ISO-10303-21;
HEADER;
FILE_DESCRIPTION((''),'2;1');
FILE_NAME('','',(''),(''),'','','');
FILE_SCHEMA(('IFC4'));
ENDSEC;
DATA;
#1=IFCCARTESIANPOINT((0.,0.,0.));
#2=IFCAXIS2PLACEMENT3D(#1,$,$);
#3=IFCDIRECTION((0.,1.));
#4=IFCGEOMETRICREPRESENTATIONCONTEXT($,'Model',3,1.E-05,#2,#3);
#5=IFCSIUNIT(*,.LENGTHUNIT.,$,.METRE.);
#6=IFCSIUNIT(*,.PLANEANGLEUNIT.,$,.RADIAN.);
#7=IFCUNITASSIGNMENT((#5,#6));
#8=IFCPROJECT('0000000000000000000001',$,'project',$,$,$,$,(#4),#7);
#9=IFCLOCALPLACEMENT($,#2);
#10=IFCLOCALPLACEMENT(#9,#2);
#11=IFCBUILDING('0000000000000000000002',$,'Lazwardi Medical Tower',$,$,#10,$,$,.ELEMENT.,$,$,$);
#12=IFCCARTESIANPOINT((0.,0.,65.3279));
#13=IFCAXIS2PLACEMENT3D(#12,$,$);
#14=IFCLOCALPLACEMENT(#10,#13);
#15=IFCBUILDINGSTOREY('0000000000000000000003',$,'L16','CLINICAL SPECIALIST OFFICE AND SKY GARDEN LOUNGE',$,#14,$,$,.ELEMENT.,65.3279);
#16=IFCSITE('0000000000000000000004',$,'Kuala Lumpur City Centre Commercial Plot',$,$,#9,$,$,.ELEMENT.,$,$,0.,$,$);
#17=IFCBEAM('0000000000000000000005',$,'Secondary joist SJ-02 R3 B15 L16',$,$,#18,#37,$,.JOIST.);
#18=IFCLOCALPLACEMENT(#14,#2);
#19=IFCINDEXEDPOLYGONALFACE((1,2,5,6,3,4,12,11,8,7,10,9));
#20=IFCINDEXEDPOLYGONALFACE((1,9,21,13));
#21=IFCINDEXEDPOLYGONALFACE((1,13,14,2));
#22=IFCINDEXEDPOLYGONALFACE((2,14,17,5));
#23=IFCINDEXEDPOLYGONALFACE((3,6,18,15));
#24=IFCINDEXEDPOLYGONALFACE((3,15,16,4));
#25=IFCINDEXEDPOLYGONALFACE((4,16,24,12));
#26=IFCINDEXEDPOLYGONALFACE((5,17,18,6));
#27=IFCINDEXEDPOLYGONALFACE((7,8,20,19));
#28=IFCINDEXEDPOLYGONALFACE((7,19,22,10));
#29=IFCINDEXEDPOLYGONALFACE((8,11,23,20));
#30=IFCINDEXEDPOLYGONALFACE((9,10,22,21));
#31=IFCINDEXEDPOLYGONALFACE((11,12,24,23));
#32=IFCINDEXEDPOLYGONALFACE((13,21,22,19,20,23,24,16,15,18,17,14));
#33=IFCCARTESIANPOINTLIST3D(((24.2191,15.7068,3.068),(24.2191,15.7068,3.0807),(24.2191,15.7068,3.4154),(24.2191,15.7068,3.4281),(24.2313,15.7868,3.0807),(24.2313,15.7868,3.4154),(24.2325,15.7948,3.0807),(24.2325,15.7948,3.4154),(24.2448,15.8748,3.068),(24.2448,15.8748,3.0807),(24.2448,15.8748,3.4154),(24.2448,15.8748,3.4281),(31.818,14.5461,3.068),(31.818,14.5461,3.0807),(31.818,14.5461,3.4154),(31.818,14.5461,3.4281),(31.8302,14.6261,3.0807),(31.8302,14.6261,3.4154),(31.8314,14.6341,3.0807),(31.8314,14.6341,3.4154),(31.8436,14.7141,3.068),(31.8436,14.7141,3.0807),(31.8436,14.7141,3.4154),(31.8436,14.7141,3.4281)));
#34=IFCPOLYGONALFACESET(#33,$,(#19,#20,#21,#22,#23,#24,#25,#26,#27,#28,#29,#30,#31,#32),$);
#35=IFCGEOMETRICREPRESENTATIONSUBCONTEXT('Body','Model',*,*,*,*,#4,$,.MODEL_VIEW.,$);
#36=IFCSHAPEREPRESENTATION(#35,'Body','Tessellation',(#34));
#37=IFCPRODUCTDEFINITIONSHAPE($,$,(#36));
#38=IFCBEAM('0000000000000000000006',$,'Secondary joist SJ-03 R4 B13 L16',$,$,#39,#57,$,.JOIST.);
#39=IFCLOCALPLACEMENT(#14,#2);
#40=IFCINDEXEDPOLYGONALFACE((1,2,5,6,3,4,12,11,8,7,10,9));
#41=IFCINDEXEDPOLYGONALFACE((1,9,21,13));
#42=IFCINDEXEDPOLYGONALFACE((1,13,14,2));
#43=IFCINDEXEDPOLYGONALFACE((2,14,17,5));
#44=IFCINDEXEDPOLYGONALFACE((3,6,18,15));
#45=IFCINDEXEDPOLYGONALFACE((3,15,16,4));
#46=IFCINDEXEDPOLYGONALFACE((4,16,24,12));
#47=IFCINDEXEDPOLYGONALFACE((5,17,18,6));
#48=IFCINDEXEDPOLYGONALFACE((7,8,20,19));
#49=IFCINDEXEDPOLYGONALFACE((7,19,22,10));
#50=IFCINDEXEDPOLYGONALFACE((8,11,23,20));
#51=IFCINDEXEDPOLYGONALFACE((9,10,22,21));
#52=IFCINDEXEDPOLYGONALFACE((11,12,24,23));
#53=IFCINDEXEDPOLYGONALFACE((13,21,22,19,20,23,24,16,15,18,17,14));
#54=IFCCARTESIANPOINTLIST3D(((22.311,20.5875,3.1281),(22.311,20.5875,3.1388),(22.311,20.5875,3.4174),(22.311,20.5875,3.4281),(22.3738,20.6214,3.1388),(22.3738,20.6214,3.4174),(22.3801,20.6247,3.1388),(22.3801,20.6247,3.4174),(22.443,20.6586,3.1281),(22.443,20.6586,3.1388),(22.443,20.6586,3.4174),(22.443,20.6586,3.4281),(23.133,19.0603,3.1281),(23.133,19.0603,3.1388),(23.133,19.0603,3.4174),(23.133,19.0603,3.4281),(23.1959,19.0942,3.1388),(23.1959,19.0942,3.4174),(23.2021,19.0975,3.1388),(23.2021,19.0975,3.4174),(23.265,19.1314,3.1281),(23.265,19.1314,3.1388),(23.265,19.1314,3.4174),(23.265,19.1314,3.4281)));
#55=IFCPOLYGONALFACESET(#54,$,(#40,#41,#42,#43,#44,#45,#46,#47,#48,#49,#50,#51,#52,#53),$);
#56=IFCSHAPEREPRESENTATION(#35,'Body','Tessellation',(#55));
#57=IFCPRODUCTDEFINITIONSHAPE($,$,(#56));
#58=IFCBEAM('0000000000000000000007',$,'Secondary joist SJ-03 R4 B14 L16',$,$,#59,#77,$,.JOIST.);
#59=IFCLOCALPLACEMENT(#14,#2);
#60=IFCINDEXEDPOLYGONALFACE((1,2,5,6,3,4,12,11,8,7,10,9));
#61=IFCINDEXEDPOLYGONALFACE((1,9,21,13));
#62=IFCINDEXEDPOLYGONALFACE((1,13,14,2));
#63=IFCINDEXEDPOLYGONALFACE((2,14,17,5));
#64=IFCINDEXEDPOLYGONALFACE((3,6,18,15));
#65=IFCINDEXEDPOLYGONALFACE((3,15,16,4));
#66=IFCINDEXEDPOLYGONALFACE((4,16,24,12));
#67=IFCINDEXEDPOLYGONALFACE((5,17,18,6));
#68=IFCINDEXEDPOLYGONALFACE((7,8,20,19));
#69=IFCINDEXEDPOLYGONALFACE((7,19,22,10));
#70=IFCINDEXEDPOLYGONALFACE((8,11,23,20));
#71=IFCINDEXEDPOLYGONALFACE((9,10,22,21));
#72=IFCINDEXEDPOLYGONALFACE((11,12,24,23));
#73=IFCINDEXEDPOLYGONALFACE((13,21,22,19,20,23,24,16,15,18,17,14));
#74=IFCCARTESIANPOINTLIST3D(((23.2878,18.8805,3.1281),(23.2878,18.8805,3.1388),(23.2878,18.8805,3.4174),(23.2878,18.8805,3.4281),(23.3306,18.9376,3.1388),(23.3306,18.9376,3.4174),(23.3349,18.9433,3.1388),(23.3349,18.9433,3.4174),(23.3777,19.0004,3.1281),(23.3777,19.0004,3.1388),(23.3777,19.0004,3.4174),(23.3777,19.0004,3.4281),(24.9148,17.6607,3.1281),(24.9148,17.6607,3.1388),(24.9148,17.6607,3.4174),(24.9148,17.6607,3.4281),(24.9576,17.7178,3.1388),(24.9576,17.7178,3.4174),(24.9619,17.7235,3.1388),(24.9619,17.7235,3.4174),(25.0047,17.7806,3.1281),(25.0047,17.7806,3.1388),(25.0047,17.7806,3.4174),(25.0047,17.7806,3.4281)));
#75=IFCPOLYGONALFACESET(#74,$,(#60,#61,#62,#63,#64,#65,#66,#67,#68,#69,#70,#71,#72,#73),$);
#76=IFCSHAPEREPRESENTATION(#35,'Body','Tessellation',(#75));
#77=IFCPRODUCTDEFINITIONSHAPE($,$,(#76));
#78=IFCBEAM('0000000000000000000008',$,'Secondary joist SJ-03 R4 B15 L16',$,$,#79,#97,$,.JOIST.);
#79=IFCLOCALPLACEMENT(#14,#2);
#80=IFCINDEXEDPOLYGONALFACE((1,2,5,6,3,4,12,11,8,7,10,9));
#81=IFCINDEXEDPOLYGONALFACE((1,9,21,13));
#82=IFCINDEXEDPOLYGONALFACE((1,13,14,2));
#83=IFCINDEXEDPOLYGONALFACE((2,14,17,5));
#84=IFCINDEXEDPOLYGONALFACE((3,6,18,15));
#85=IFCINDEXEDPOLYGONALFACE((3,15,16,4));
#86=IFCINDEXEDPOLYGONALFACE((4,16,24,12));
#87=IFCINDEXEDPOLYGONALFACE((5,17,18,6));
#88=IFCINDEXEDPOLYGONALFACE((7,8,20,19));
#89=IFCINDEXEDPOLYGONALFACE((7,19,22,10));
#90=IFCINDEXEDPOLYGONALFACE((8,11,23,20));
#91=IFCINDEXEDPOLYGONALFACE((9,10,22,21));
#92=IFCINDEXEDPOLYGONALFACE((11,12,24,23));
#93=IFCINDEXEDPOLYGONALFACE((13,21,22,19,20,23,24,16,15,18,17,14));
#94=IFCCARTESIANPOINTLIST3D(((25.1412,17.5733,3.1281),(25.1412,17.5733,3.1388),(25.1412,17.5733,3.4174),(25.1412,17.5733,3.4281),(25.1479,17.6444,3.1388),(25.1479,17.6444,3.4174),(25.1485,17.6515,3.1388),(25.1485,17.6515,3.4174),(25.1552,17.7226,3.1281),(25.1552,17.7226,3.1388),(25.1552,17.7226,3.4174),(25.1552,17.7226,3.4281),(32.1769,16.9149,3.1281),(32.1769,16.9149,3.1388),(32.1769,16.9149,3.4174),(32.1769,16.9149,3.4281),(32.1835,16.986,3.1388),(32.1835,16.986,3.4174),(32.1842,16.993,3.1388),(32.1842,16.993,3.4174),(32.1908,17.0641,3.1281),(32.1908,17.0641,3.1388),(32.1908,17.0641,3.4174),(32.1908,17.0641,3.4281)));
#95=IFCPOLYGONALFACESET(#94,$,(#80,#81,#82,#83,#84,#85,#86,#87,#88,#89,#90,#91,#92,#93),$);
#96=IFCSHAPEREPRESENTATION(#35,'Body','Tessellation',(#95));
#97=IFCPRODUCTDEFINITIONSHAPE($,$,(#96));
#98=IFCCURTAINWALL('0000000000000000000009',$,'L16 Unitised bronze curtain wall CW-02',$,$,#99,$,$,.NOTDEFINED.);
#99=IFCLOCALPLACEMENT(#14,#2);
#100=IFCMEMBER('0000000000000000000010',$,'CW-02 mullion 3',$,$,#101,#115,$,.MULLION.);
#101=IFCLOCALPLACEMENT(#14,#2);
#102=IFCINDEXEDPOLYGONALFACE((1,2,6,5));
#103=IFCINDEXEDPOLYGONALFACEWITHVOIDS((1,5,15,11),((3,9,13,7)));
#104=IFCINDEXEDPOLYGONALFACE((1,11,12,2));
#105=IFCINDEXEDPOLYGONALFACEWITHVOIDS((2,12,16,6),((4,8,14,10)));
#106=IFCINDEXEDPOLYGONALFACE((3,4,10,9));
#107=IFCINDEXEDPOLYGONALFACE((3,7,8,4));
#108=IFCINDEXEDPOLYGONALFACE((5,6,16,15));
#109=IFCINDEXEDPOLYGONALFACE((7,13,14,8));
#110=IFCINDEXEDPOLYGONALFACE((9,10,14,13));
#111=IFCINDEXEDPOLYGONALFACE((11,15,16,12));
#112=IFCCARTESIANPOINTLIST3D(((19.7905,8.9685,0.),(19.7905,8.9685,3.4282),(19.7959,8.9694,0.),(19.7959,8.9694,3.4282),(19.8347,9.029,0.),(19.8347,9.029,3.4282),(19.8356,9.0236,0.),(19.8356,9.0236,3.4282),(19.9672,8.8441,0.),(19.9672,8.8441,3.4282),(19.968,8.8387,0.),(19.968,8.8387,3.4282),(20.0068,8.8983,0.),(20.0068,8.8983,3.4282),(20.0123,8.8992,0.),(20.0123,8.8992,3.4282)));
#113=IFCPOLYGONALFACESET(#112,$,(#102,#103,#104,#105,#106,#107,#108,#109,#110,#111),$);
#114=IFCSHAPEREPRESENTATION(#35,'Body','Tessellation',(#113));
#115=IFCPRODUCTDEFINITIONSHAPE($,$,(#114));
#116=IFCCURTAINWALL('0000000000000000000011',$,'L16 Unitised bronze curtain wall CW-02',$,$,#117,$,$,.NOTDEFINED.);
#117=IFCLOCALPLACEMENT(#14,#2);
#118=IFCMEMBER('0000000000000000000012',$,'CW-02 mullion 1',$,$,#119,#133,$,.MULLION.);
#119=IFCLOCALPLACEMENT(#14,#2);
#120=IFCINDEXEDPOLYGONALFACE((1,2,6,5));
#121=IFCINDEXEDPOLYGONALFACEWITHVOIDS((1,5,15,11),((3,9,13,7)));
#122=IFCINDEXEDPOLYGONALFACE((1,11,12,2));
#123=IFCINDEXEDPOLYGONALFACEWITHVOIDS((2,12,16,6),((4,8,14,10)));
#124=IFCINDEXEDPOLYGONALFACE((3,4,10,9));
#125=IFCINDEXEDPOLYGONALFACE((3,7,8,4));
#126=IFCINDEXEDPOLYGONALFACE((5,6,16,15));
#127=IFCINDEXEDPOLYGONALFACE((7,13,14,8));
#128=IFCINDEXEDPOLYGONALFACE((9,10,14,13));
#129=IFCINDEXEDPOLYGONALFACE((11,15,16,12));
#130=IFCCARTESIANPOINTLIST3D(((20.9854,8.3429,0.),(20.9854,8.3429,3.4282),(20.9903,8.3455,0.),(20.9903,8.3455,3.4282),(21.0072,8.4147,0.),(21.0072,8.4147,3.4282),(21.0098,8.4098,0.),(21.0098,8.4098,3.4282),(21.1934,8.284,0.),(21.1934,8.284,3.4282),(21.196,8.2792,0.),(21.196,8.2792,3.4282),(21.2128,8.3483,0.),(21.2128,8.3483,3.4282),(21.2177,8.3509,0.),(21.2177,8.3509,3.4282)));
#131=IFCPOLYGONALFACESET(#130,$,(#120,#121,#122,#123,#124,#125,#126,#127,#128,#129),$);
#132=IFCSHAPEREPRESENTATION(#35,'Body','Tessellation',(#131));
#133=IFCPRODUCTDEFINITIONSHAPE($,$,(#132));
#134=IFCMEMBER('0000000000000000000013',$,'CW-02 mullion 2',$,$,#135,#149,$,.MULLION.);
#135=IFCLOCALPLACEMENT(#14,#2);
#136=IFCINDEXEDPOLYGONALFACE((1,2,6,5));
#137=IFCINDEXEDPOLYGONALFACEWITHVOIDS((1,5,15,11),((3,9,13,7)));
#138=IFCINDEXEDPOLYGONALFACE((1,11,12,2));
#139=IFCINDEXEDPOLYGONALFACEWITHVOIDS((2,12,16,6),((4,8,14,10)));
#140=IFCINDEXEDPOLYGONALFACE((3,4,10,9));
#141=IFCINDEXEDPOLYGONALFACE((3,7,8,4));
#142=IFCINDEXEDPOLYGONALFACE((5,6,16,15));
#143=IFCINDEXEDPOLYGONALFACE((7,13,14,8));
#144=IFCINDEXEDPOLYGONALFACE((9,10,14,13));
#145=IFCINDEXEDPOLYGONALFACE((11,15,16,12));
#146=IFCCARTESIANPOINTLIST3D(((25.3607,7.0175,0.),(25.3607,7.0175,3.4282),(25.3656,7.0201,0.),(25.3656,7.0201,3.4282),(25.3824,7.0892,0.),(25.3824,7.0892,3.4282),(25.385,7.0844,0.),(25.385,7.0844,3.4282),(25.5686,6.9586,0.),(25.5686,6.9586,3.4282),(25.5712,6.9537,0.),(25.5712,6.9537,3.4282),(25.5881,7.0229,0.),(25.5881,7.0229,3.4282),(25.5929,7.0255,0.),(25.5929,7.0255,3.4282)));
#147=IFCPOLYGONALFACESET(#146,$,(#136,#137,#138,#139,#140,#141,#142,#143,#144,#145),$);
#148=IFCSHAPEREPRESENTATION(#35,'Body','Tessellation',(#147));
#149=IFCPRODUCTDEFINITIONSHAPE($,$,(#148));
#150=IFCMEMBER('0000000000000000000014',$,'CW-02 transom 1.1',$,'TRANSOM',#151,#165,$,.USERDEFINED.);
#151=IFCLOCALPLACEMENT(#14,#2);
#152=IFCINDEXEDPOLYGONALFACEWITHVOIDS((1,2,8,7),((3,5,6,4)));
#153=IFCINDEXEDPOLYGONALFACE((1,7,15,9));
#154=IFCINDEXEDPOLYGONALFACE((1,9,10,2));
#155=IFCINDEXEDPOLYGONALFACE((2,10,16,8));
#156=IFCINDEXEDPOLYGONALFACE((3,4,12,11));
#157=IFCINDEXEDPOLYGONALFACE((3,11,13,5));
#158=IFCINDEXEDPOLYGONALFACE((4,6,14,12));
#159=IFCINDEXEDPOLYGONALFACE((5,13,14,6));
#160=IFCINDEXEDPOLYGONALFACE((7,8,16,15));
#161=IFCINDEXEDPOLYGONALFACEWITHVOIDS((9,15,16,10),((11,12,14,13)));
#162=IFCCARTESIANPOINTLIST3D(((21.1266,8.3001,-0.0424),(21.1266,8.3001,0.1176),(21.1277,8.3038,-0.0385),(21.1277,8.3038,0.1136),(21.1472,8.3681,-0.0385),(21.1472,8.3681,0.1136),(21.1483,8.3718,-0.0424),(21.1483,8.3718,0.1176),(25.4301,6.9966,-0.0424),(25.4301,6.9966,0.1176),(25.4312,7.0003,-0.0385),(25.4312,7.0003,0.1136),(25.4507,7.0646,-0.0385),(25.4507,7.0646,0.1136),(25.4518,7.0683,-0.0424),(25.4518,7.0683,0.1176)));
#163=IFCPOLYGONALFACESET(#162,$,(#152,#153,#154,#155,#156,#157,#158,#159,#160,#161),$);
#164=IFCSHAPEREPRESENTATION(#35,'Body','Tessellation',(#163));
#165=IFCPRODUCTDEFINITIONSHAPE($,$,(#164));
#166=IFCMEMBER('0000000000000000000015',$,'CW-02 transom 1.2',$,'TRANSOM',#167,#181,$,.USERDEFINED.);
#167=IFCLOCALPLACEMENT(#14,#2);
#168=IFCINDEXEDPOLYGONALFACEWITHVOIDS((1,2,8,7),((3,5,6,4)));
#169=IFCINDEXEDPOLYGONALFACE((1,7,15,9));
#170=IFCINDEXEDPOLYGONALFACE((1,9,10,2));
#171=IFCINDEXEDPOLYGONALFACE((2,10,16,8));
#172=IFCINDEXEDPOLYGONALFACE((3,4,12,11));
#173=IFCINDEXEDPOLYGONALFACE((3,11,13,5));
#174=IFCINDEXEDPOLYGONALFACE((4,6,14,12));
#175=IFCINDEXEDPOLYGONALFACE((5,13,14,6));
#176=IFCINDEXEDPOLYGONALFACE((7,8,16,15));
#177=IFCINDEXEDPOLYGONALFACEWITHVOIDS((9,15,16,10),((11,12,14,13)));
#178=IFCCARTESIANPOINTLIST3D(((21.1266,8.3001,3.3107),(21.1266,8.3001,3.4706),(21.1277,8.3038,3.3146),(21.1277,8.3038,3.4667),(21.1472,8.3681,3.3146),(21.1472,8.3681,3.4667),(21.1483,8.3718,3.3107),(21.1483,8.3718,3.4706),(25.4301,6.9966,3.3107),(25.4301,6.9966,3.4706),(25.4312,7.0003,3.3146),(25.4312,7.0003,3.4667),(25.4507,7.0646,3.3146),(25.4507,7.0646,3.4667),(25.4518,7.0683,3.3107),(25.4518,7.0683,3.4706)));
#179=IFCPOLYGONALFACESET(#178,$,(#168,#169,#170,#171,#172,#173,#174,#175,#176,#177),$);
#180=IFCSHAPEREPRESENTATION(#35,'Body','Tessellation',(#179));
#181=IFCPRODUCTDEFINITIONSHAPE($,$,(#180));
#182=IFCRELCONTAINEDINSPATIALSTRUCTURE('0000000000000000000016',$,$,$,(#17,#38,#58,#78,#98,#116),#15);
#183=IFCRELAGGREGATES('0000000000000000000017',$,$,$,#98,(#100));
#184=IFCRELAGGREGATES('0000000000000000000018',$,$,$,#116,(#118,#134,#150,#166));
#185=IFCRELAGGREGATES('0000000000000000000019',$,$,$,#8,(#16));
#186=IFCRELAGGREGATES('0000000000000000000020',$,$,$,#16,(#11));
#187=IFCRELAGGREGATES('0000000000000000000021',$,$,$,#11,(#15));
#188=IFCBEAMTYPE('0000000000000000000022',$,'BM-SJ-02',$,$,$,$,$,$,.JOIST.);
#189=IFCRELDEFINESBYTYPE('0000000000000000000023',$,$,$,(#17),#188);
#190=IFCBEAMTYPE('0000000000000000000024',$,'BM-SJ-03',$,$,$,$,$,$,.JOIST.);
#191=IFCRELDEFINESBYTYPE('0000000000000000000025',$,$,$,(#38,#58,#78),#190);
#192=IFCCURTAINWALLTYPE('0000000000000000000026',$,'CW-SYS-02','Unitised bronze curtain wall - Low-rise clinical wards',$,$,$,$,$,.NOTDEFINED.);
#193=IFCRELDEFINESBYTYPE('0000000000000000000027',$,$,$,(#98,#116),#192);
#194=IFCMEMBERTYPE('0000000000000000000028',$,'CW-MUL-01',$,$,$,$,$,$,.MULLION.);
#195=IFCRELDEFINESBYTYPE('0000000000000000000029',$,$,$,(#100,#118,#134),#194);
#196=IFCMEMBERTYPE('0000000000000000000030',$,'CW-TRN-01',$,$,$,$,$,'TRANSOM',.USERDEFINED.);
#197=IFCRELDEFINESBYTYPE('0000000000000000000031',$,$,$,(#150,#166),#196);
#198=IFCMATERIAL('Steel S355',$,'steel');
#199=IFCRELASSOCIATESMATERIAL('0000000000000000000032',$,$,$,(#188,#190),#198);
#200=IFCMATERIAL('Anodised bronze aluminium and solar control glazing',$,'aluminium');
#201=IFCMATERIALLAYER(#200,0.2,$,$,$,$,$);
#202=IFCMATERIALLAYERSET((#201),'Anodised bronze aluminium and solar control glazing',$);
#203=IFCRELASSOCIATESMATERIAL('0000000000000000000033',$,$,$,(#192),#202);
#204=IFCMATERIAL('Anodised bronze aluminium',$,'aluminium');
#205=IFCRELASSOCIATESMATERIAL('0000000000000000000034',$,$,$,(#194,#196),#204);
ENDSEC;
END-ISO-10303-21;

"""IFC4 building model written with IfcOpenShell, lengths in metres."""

from ifc_helpers import new_model, si_unit, direction, frame, origin, origin_2d, place, context, subcontext, project, spatial, hollow_rectangle, i_section, extrude, material, layer, layer_set, material_profile, profile_set, type_object, element, aggregate, save


model = new_model("IFC4")

# Units and contexts
model_context = context("Model", 3, precision=1e-05, world=origin(), true_north=direction((0.0, 1.0)))
body_context = subcontext(model_context, "Body", "Model", "MODEL_VIEW")
ifc_project = project(units=[si_unit("LENGTHUNIT", "METRE"), si_unit("PLANEANGLEUNIT", "RADIAN")], contexts=[model_context])

# Site, building, storey
site_placement = place(None, origin())
site = spatial("IfcSite", under=ifc_project, at=site_placement, Name="Kuala Lumpur City Centre Commercial Plot", CompositionType="ELEMENT", RefElevation=0.0)
building_placement = place(site_placement, origin())
building = spatial("IfcBuilding", under=site, at=building_placement, Name="Lazwardi Medical Tower", CompositionType="ELEMENT")
storey_placement = place(building_placement, frame((0.0, 0.0, 65.3279)))
storey = spatial("IfcBuildingStorey", under=building, at=storey_placement, Name="L16", Description="CLINICAL SPECIALIST OFFICE AND SKY GARDEN LOUNGE", CompositionType="ELEMENT", Elevation=65.3279)

# Beams
ifc_material_1 = material(Name="Steel S355", Category="steel")
ifc_material_profile_1 = material_profile(ifc_material_1, i_section(OverallWidth=0.1699, OverallDepth=0.3601, WebThickness=0.0081, FlangeThickness=0.0127, at=origin_2d()), Name="IPE 360")
ifc_profile_set_1 = profile_set([ifc_material_profile_1], Name="Steel S355")
beam_type_1 = type_object("IfcBeamType", Name="BM-SJ-02", PredefinedType="JOIST", material=ifc_profile_set_1)
beam_1_placement = place(storey_placement, frame((24.2319, 15.7908, 3.248), z_axis=(0.988536, -0.150988, 0.0), x_axis=(0.150988, 0.988536, 0.0)))
element("IfcBeam", 1, at=beam_1_placement, inside=storey, type_object=beam_type_1, Name="Secondary joist SJ-02 R3 B15 L16", PredefinedType="JOIST", context=body_context, shape_type="SweptSolid", body=[
    extrude(i_section(OverallWidth=0.1699, OverallDepth=0.3601, WebThickness=0.0081, FlangeThickness=0.0127, at=origin_2d()), origin(), (0.0, 0.0, 1.0), 7.687),
])
ifc_material_profile_2 = material_profile(ifc_material_1, i_section(OverallWidth=0.1499, OverallDepth=0.3, WebThickness=0.0071, FlangeThickness=0.0107, at=origin_2d()), Name="IPE 300")
ifc_profile_set_2 = profile_set([ifc_material_profile_2], Name="Steel S355")
beam_type_2 = type_object("IfcBeamType", Name="BM-SJ-03", PredefinedType="JOIST", material=ifc_profile_set_2)
beam_2_placement = place(storey_placement, frame((22.377, 20.623, 3.2781), z_axis=(0.473982, -0.880534, 0.0), x_axis=(0.880534, 0.473982, 0.0)))
element("IfcBeam", 2, at=beam_2_placement, inside=storey, type_object=beam_type_2, Name="Secondary joist SJ-03 R4 B13 L16", PredefinedType="JOIST", context=body_context, shape_type="SweptSolid", body=[
    extrude(i_section(OverallWidth=0.1499, OverallDepth=0.3, WebThickness=0.0071, FlangeThickness=0.0107, at=origin_2d()), origin(), (0.0, 0.0, 1.0), 1.7344),
])
beam_3_placement = place(storey_placement, frame((23.3328, 18.9404, 3.2781), z_axis=(0.800115, -0.599846, 0.0), x_axis=(0.599846, 0.800115, 0.0)))
element("IfcBeam", 3, at=beam_3_placement, inside=storey, type_object=beam_type_2, Name="Secondary joist SJ-03 R4 B14 L16", PredefinedType="JOIST", context=body_context, shape_type="SweptSolid", body=[
    extrude(i_section(OverallWidth=0.1499, OverallDepth=0.3, WebThickness=0.0071, FlangeThickness=0.0107, at=origin_2d()), origin(), (0.0, 0.0, 1.0), 2.0334),
])
beam_4_placement = place(storey_placement, frame((25.1482, 17.6479, 3.2781), z_axis=(0.995649, -0.09318, 0.0), x_axis=(0.09318, 0.995649, 0.0)))
element("IfcBeam", 4, at=beam_4_placement, inside=storey, type_object=beam_type_2, Name="Secondary joist SJ-03 R4 B15 L16", PredefinedType="JOIST", context=body_context, shape_type="SweptSolid", body=[
    extrude(i_section(OverallWidth=0.1499, OverallDepth=0.3, WebThickness=0.0071, FlangeThickness=0.0107, at=origin_2d()), origin(), (0.0, 0.0, 1.0), 7.0664),
])

# Curtain wall, member
ifc_material_2 = material(Name="Anodised bronze aluminium and solar control glazing", Category="aluminium")
ifc_layer_1 = layer(ifc_material_2, 0.2)
ifc_layer_set_1 = layer_set([ifc_layer_1], Name="Anodised bronze aluminium and solar control glazing")
curtain_wall_type = type_object("IfcCurtainWallType", Name="CW-SYS-02", Description="Unitised bronze curtain wall - Low-rise clinical wards", PredefinedType="NOTDEFINED", material=ifc_layer_set_1)
curtain_wall_1_placement = place(storey_placement, origin())
curtain_wall_1 = element("IfcCurtainWall", 5, at=curtain_wall_1_placement, inside=storey, type_object=curtain_wall_type, Name="L16 Unitised bronze curtain wall CW-02", PredefinedType="NOTDEFINED")
ifc_material_3 = material(Name="Anodised bronze aluminium", Category="aluminium")
ifc_material_profile_3 = material_profile(ifc_material_3, hollow_rectangle(XDim=0.075, YDim=0.22, WallThickness=0.0039, at=origin_2d()), Name="ALU-MULLION 220x75x4")
ifc_profile_set_3 = profile_set([ifc_material_profile_3], Name="Anodised bronze aluminium")
member_type_1 = type_object("IfcMemberType", Name="CW-MUL-01", PredefinedType="MULLION", material=ifc_profile_set_3)
member_1_placement = place(storey_placement, frame((19.9014, 8.9338, 0.0), z_axis=(0.0, 0.0, 1.0), x_axis=(0.590289, 0.807192, 0.0)))
member_1 = element("IfcMember", 6, at=member_1_placement, type_object=member_type_1, Name="CW-02 mullion 3", PredefinedType="MULLION", context=body_context, shape_type="SweptSolid", body=[
    extrude(hollow_rectangle(XDim=0.075, YDim=0.22, WallThickness=0.0039, at=origin_2d()), origin(), (0.0, 0.0, 1.0), 3.4282),
])
aggregate(curtain_wall_1, [member_1])

# Curtain wall, members
curtain_wall_2_placement = place(storey_placement, origin())
curtain_wall_2 = element("IfcCurtainWall", 7, at=curtain_wall_2_placement, inside=storey, type_object=curtain_wall_type, Name="L16 Unitised bronze curtain wall CW-02", PredefinedType="NOTDEFINED")
member_2_placement = place(storey_placement, frame((21.1016, 8.3469, 0.0), z_axis=(0.0, 0.0, 1.0), x_axis=(0.289896, 0.957058, 0.0)))
member_2 = element("IfcMember", 8, at=member_2_placement, type_object=member_type_1, Name="CW-02 mullion 1", PredefinedType="MULLION", context=body_context, shape_type="SweptSolid", body=[
    extrude(hollow_rectangle(XDim=0.075, YDim=0.22, WallThickness=0.0039, at=origin_2d()), origin(), (0.0, 0.0, 1.0), 3.4282),
])
member_3_placement = place(storey_placement, frame((25.4768, 7.0215, 0.0), z_axis=(0.0, 0.0, 1.0), x_axis=(0.289896, 0.957058, 0.0)))
member_3 = element("IfcMember", 9, at=member_3_placement, type_object=member_type_1, Name="CW-02 mullion 2", PredefinedType="MULLION", context=body_context, shape_type="SweptSolid", body=[
    extrude(hollow_rectangle(XDim=0.075, YDim=0.22, WallThickness=0.0039, at=origin_2d()), origin(), (0.0, 0.0, 1.0), 3.4282),
])
ifc_material_profile_4 = material_profile(ifc_material_3, hollow_rectangle(XDim=0.075, YDim=0.1599, WallThickness=0.0039, at=origin_2d()), Name="ALU-TRANSOM 160x75x4")
ifc_profile_set_4 = profile_set([ifc_material_profile_4], Name="Anodised bronze aluminium")
member_type_2 = type_object("IfcMemberType", Name="CW-TRN-01", ElementType="TRANSOM", PredefinedType="USERDEFINED", material=ifc_profile_set_4)
member_4_placement = place(storey_placement, frame((21.1375, 8.3359, 0.0376), z_axis=(0.957062, -0.289882, 0.0), x_axis=(0.289882, 0.957062, 0.0)))
member_4 = element("IfcMember", 10, at=member_4_placement, type_object=member_type_2, Name="CW-02 transom 1.1", ObjectType="TRANSOM", PredefinedType="USERDEFINED", context=body_context, shape_type="SweptSolid", body=[
    extrude(hollow_rectangle(XDim=0.075, YDim=0.1599, WallThickness=0.0039, at=origin_2d()), origin(), (0.0, 0.0, 1.0), 4.4966),
])
member_5_placement = place(storey_placement, frame((21.1375, 8.3359, 3.3906), z_axis=(0.957062, -0.289882, 0.0), x_axis=(0.289882, 0.957062, 0.0)))
member_5 = element("IfcMember", 11, at=member_5_placement, type_object=member_type_2, Name="CW-02 transom 1.2", ObjectType="TRANSOM", PredefinedType="USERDEFINED", context=body_context, shape_type="SweptSolid", body=[
    extrude(hollow_rectangle(XDim=0.075, YDim=0.1599, WallThickness=0.0039, at=origin_2d()), origin(), (0.0, 0.0, 1.0), 4.4966),
])
aggregate(curtain_wall_2, [member_2, member_3, member_4, member_5])

save(model, "model.ifc")
